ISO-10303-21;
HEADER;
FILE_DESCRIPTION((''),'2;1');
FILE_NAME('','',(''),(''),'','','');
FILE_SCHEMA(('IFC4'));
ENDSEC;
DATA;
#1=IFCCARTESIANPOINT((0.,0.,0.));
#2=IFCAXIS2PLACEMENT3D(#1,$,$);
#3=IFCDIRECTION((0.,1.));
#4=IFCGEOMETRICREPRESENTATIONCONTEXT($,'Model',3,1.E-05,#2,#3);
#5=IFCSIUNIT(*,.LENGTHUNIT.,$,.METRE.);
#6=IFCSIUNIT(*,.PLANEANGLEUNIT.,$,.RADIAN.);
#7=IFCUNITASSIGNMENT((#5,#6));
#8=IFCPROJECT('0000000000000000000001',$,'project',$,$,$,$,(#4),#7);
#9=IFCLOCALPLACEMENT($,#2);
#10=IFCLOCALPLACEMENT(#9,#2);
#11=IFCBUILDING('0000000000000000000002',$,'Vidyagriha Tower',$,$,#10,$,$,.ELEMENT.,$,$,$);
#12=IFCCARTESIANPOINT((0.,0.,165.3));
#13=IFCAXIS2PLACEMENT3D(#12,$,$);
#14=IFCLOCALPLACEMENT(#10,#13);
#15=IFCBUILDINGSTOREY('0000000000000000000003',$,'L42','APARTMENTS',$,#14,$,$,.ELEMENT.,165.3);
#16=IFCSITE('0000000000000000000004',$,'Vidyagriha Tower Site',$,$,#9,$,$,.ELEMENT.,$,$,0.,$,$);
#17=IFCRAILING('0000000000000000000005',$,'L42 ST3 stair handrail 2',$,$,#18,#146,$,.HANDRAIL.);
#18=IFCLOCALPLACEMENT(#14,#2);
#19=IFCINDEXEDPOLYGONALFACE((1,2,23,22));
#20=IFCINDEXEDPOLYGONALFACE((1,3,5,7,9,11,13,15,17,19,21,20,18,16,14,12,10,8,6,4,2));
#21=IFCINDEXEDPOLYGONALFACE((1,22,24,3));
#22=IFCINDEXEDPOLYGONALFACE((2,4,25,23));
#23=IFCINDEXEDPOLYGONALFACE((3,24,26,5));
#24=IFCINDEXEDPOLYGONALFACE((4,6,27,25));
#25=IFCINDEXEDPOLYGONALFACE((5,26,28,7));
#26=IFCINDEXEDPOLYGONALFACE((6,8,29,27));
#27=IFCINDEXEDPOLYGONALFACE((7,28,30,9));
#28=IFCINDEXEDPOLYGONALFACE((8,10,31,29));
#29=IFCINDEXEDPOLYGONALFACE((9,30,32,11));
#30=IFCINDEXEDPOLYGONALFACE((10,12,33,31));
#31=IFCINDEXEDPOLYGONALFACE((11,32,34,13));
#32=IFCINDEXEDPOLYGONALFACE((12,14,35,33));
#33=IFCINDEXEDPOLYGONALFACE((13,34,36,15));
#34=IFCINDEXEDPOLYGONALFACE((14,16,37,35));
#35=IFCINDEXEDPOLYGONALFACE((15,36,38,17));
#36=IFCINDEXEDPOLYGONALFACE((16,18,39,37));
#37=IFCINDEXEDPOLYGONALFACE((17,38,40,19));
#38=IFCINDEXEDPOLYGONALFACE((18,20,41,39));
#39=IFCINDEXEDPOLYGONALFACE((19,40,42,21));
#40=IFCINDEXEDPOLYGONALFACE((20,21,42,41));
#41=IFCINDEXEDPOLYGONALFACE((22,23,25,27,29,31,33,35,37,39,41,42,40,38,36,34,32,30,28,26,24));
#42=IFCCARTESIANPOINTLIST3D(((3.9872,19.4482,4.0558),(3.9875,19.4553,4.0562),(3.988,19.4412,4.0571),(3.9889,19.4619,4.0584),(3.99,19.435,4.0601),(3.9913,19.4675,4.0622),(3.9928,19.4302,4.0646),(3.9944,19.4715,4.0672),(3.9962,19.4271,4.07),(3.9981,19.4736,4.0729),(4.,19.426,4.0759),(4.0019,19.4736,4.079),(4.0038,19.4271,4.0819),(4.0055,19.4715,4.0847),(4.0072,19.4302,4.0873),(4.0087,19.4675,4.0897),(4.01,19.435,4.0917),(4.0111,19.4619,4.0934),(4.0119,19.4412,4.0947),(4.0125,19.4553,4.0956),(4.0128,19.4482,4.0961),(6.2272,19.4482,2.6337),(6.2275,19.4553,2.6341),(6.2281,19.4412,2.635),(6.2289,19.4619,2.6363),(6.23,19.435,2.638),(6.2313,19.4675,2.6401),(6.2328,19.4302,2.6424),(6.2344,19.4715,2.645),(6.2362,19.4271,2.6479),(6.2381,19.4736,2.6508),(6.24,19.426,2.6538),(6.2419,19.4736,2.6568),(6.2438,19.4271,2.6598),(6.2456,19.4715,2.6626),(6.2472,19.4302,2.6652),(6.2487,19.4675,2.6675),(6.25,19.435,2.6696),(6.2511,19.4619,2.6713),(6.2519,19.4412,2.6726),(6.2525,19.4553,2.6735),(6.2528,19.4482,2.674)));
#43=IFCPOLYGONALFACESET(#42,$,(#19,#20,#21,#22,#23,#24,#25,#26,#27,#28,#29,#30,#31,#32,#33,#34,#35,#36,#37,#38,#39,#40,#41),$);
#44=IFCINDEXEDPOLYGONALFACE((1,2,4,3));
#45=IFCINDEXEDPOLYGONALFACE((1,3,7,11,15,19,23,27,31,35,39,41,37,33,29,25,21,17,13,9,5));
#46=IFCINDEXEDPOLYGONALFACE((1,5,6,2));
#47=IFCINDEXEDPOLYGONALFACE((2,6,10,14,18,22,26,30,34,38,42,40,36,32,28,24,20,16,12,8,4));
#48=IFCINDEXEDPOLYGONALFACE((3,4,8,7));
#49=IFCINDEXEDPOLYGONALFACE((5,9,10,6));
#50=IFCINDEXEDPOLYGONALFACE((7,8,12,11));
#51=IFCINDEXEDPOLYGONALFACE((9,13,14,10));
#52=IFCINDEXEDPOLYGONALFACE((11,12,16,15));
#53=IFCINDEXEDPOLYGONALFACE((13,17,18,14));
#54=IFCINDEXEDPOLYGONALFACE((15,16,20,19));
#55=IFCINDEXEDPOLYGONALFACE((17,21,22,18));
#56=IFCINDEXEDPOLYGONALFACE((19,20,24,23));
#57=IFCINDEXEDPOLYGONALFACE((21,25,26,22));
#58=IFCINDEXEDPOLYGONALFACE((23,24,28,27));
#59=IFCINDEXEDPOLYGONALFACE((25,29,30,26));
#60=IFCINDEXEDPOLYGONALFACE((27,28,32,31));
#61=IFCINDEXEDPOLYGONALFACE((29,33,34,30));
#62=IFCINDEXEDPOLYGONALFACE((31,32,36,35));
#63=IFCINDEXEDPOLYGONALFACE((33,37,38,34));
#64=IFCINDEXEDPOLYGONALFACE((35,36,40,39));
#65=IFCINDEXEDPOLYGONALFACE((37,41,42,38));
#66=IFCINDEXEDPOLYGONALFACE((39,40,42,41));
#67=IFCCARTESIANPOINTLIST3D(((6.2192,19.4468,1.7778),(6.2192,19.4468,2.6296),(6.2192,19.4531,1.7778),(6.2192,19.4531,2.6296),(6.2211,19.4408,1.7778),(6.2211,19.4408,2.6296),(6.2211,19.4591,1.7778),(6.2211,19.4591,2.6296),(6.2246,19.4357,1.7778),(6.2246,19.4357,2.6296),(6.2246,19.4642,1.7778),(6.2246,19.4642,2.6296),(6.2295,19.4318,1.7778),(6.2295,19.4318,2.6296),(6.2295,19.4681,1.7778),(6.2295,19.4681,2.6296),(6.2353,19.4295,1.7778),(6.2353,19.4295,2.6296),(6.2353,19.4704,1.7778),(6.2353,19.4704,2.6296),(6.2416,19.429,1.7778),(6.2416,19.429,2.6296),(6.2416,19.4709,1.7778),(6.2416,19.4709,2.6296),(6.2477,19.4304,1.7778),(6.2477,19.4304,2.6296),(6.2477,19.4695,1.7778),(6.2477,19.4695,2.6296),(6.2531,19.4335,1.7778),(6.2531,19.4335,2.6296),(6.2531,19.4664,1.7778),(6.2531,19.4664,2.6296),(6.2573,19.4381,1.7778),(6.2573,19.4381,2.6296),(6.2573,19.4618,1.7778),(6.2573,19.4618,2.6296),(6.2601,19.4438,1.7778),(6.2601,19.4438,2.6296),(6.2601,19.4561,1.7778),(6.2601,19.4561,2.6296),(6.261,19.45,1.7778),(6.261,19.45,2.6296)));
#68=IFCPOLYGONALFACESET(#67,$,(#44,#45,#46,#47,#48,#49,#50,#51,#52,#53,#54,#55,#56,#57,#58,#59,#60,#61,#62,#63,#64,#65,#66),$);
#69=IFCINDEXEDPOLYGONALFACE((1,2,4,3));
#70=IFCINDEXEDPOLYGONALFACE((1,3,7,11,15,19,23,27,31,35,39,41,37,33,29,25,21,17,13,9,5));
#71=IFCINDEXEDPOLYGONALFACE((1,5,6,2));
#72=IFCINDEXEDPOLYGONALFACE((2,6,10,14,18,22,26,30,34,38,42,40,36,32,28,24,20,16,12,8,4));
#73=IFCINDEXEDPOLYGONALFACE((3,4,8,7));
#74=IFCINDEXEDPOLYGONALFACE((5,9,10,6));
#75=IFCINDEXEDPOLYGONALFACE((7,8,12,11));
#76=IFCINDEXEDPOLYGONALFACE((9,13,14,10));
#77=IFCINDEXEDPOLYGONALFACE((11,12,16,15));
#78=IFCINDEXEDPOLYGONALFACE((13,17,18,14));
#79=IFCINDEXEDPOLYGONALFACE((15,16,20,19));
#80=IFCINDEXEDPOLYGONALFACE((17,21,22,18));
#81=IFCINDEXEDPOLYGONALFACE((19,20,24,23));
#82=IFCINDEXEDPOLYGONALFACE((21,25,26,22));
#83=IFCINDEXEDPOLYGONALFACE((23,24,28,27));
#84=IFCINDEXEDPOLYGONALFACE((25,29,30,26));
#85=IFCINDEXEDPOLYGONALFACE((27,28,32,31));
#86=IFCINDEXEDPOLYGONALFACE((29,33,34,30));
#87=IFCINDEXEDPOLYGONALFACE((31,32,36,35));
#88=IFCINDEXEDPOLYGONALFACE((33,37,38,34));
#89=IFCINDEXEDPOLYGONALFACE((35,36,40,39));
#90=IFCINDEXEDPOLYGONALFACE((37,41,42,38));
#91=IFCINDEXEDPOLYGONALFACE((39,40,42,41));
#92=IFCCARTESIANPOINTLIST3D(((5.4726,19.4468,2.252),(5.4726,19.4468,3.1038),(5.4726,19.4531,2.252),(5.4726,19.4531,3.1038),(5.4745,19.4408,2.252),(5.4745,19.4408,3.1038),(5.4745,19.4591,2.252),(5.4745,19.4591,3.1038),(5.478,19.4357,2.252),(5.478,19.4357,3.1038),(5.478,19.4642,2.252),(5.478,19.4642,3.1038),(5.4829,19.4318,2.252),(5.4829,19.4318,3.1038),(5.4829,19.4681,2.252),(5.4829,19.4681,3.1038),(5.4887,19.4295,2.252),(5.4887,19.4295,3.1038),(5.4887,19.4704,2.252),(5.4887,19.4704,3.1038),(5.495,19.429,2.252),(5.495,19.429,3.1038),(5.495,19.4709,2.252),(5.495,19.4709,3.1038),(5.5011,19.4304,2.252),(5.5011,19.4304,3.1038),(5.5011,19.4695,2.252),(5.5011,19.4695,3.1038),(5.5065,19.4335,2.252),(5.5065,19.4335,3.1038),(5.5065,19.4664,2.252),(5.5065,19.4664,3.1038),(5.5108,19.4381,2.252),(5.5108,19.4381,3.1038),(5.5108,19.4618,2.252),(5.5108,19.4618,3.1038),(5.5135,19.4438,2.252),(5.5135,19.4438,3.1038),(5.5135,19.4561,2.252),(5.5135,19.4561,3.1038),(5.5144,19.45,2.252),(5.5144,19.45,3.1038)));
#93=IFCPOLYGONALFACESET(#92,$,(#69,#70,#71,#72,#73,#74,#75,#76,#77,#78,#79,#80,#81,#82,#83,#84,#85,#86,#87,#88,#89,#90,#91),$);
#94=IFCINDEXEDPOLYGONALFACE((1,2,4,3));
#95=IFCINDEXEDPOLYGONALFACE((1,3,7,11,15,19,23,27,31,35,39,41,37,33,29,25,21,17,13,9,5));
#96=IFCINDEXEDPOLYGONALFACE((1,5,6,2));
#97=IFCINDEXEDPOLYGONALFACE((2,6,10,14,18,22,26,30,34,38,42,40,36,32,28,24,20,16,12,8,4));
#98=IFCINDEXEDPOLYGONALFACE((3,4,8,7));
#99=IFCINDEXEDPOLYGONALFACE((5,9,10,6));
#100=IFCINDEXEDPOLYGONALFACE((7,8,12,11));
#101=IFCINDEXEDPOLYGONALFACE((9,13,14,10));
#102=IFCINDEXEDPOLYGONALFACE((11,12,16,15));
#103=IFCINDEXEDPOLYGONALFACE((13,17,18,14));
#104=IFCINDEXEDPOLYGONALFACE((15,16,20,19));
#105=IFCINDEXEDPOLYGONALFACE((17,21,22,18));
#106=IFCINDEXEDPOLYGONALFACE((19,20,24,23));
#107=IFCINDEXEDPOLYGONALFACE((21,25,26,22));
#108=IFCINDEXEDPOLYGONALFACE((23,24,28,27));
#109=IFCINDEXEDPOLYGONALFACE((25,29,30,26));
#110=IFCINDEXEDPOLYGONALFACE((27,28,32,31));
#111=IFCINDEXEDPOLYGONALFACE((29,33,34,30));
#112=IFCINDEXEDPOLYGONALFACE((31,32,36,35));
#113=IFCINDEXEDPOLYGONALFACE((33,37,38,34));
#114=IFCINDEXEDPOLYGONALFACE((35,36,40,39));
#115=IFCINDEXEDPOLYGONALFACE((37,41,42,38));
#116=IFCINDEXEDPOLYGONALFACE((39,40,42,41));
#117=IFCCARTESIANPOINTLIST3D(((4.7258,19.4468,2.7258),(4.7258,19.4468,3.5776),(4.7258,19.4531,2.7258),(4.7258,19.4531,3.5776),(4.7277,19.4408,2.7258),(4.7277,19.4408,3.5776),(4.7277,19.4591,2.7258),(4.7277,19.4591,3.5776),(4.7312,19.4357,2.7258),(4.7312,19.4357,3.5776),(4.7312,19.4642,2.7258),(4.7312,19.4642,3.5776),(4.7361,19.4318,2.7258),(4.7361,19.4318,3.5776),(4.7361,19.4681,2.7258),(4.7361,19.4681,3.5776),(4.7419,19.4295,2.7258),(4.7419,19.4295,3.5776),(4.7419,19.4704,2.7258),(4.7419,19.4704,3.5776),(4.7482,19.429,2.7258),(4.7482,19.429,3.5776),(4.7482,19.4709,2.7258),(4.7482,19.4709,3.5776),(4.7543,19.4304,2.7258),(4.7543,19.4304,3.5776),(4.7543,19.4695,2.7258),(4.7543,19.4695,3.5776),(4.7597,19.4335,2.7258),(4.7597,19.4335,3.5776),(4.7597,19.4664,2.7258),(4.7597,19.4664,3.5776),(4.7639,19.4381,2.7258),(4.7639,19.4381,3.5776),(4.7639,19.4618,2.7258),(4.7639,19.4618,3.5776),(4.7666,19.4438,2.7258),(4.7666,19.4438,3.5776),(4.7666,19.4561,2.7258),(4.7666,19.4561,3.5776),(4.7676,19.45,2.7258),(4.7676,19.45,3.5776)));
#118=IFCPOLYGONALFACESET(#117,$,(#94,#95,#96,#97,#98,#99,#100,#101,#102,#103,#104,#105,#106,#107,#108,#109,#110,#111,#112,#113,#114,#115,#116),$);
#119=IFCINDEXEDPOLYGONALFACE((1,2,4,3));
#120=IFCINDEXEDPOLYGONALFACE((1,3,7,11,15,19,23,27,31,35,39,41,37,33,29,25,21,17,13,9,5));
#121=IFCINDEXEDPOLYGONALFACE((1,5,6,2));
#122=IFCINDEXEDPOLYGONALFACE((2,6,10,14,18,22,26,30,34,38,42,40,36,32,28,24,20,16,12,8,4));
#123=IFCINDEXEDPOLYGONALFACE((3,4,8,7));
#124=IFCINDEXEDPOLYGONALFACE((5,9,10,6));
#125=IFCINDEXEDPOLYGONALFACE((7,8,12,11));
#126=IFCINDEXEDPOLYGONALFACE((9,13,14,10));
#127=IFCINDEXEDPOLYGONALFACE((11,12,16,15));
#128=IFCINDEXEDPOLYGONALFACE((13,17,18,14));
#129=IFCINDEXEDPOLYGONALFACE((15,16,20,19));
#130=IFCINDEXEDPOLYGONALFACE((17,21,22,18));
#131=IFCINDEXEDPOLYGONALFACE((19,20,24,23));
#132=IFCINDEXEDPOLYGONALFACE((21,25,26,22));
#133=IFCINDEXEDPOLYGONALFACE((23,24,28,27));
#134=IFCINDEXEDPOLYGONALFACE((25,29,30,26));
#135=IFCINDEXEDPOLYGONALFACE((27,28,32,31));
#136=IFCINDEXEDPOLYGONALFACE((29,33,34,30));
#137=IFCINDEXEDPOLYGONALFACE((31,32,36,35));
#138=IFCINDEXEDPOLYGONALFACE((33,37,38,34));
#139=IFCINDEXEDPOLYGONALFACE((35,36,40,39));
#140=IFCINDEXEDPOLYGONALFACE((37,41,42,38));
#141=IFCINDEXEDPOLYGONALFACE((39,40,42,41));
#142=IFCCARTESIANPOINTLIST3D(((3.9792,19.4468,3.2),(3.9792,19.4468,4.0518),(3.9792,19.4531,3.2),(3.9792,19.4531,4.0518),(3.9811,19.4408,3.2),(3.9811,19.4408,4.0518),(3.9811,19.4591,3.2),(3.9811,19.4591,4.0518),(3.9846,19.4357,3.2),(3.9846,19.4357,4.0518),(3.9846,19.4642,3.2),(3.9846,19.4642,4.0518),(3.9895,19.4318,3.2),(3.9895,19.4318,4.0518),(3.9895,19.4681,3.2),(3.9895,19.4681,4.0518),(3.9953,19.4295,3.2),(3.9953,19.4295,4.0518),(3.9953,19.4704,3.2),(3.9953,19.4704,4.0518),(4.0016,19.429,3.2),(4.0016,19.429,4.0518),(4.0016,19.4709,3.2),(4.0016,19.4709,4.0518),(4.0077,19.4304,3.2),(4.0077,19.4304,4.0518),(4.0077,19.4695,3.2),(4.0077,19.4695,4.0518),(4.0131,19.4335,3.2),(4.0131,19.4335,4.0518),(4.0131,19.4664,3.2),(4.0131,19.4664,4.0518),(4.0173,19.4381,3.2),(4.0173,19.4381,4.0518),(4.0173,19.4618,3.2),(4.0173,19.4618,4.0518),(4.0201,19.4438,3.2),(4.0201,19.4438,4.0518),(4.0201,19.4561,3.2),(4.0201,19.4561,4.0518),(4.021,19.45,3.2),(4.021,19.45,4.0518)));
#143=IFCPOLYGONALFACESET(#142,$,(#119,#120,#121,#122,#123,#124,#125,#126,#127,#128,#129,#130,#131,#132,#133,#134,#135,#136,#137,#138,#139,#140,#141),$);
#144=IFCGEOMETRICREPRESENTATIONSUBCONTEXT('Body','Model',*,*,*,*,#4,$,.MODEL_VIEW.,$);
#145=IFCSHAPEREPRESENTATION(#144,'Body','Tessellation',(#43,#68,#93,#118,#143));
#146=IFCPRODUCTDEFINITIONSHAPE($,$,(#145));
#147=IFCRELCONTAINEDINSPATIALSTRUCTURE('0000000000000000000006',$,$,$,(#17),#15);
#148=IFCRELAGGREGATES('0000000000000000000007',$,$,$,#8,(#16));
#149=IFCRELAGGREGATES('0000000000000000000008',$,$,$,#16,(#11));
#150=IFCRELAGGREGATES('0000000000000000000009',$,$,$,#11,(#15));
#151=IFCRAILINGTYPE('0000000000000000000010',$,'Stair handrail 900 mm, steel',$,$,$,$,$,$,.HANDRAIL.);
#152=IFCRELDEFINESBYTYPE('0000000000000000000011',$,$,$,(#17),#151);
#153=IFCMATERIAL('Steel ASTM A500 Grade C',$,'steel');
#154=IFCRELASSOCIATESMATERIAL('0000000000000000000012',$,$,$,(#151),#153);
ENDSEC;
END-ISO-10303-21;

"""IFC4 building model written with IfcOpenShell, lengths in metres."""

from ifc_helpers import new_model, si_unit, direction, frame, origin, origin_2d, place, context, subcontext, project, spatial, circle, extrude, material, type_object, element, save


model = new_model("IFC4")

# Units and contexts
model_context = context("Model", 3, precision=1e-05, world=origin(), true_north=direction((0.0, 1.0)))
body_context = subcontext(model_context, "Body", "Model", "MODEL_VIEW")
ifc_project = project(units=[si_unit("LENGTHUNIT", "METRE"), si_unit("PLANEANGLEUNIT", "RADIAN")], contexts=[model_context])

# Site, building, storey
site_placement = place(None, origin())
site = spatial("IfcSite", under=ifc_project, at=site_placement, Name="Vidyagriha Tower Site", CompositionType="ELEMENT", RefElevation=0.0)
building_placement = place(site_placement, origin())
building = spatial("IfcBuilding", under=site, at=building_placement, Name="Vidyagriha Tower", CompositionType="ELEMENT")
storey_placement = place(building_placement, frame((0.0, 0.0, 165.3)))
storey = spatial("IfcBuildingStorey", under=building, at=storey_placement, Name="L42", Description="APARTMENTS", CompositionType="ELEMENT", Elevation=165.3)

# Railing
ifc_material_1 = material(Name="Steel ASTM A500 Grade C", Category="steel")
railing_type_1 = type_object("IfcRailingType", Name="Stair handrail 900 mm, steel", PredefinedType="HANDRAIL", material=ifc_material_1)
railing_1_placement = place(storey_placement, frame((6.24, 19.45, 1.7778)))
element("IfcRailing", 1, at=railing_1_placement, inside=storey, type_object=railing_type_1, Name="L42 ST3 stair handrail 2", PredefinedType="HANDRAIL", context=body_context, shape_type="SweptSolid", body=[
    extrude(circle(Radius=0.0239, at=origin_2d()), frame((0.0, 0.0, 0.876), z_axis=(-0.844229, 0.0, 0.535982), x_axis=(0.0, -1.0, 0.0)), (0.0, 0.0, 1.0), 2.6533),
    extrude(circle(Radius=0.021, at=origin_2d()), origin(), (0.0, 0.0, 1.0), 0.8518),
    extrude(circle(Radius=0.021, at=origin_2d()), frame((-0.7466, 0.0, 0.4741)), (0.0, 0.0, 1.0), 0.8518),
    extrude(circle(Radius=0.021, at=origin_2d()), frame((-1.4934, 0.0, 0.948)), (0.0, 0.0, 1.0), 0.8518),
    extrude(circle(Radius=0.021, at=origin_2d()), frame((-2.24, 0.0, 1.4221)), (0.0, 0.0, 1.0), 0.8518),
])

save(model, "model.ifc")
